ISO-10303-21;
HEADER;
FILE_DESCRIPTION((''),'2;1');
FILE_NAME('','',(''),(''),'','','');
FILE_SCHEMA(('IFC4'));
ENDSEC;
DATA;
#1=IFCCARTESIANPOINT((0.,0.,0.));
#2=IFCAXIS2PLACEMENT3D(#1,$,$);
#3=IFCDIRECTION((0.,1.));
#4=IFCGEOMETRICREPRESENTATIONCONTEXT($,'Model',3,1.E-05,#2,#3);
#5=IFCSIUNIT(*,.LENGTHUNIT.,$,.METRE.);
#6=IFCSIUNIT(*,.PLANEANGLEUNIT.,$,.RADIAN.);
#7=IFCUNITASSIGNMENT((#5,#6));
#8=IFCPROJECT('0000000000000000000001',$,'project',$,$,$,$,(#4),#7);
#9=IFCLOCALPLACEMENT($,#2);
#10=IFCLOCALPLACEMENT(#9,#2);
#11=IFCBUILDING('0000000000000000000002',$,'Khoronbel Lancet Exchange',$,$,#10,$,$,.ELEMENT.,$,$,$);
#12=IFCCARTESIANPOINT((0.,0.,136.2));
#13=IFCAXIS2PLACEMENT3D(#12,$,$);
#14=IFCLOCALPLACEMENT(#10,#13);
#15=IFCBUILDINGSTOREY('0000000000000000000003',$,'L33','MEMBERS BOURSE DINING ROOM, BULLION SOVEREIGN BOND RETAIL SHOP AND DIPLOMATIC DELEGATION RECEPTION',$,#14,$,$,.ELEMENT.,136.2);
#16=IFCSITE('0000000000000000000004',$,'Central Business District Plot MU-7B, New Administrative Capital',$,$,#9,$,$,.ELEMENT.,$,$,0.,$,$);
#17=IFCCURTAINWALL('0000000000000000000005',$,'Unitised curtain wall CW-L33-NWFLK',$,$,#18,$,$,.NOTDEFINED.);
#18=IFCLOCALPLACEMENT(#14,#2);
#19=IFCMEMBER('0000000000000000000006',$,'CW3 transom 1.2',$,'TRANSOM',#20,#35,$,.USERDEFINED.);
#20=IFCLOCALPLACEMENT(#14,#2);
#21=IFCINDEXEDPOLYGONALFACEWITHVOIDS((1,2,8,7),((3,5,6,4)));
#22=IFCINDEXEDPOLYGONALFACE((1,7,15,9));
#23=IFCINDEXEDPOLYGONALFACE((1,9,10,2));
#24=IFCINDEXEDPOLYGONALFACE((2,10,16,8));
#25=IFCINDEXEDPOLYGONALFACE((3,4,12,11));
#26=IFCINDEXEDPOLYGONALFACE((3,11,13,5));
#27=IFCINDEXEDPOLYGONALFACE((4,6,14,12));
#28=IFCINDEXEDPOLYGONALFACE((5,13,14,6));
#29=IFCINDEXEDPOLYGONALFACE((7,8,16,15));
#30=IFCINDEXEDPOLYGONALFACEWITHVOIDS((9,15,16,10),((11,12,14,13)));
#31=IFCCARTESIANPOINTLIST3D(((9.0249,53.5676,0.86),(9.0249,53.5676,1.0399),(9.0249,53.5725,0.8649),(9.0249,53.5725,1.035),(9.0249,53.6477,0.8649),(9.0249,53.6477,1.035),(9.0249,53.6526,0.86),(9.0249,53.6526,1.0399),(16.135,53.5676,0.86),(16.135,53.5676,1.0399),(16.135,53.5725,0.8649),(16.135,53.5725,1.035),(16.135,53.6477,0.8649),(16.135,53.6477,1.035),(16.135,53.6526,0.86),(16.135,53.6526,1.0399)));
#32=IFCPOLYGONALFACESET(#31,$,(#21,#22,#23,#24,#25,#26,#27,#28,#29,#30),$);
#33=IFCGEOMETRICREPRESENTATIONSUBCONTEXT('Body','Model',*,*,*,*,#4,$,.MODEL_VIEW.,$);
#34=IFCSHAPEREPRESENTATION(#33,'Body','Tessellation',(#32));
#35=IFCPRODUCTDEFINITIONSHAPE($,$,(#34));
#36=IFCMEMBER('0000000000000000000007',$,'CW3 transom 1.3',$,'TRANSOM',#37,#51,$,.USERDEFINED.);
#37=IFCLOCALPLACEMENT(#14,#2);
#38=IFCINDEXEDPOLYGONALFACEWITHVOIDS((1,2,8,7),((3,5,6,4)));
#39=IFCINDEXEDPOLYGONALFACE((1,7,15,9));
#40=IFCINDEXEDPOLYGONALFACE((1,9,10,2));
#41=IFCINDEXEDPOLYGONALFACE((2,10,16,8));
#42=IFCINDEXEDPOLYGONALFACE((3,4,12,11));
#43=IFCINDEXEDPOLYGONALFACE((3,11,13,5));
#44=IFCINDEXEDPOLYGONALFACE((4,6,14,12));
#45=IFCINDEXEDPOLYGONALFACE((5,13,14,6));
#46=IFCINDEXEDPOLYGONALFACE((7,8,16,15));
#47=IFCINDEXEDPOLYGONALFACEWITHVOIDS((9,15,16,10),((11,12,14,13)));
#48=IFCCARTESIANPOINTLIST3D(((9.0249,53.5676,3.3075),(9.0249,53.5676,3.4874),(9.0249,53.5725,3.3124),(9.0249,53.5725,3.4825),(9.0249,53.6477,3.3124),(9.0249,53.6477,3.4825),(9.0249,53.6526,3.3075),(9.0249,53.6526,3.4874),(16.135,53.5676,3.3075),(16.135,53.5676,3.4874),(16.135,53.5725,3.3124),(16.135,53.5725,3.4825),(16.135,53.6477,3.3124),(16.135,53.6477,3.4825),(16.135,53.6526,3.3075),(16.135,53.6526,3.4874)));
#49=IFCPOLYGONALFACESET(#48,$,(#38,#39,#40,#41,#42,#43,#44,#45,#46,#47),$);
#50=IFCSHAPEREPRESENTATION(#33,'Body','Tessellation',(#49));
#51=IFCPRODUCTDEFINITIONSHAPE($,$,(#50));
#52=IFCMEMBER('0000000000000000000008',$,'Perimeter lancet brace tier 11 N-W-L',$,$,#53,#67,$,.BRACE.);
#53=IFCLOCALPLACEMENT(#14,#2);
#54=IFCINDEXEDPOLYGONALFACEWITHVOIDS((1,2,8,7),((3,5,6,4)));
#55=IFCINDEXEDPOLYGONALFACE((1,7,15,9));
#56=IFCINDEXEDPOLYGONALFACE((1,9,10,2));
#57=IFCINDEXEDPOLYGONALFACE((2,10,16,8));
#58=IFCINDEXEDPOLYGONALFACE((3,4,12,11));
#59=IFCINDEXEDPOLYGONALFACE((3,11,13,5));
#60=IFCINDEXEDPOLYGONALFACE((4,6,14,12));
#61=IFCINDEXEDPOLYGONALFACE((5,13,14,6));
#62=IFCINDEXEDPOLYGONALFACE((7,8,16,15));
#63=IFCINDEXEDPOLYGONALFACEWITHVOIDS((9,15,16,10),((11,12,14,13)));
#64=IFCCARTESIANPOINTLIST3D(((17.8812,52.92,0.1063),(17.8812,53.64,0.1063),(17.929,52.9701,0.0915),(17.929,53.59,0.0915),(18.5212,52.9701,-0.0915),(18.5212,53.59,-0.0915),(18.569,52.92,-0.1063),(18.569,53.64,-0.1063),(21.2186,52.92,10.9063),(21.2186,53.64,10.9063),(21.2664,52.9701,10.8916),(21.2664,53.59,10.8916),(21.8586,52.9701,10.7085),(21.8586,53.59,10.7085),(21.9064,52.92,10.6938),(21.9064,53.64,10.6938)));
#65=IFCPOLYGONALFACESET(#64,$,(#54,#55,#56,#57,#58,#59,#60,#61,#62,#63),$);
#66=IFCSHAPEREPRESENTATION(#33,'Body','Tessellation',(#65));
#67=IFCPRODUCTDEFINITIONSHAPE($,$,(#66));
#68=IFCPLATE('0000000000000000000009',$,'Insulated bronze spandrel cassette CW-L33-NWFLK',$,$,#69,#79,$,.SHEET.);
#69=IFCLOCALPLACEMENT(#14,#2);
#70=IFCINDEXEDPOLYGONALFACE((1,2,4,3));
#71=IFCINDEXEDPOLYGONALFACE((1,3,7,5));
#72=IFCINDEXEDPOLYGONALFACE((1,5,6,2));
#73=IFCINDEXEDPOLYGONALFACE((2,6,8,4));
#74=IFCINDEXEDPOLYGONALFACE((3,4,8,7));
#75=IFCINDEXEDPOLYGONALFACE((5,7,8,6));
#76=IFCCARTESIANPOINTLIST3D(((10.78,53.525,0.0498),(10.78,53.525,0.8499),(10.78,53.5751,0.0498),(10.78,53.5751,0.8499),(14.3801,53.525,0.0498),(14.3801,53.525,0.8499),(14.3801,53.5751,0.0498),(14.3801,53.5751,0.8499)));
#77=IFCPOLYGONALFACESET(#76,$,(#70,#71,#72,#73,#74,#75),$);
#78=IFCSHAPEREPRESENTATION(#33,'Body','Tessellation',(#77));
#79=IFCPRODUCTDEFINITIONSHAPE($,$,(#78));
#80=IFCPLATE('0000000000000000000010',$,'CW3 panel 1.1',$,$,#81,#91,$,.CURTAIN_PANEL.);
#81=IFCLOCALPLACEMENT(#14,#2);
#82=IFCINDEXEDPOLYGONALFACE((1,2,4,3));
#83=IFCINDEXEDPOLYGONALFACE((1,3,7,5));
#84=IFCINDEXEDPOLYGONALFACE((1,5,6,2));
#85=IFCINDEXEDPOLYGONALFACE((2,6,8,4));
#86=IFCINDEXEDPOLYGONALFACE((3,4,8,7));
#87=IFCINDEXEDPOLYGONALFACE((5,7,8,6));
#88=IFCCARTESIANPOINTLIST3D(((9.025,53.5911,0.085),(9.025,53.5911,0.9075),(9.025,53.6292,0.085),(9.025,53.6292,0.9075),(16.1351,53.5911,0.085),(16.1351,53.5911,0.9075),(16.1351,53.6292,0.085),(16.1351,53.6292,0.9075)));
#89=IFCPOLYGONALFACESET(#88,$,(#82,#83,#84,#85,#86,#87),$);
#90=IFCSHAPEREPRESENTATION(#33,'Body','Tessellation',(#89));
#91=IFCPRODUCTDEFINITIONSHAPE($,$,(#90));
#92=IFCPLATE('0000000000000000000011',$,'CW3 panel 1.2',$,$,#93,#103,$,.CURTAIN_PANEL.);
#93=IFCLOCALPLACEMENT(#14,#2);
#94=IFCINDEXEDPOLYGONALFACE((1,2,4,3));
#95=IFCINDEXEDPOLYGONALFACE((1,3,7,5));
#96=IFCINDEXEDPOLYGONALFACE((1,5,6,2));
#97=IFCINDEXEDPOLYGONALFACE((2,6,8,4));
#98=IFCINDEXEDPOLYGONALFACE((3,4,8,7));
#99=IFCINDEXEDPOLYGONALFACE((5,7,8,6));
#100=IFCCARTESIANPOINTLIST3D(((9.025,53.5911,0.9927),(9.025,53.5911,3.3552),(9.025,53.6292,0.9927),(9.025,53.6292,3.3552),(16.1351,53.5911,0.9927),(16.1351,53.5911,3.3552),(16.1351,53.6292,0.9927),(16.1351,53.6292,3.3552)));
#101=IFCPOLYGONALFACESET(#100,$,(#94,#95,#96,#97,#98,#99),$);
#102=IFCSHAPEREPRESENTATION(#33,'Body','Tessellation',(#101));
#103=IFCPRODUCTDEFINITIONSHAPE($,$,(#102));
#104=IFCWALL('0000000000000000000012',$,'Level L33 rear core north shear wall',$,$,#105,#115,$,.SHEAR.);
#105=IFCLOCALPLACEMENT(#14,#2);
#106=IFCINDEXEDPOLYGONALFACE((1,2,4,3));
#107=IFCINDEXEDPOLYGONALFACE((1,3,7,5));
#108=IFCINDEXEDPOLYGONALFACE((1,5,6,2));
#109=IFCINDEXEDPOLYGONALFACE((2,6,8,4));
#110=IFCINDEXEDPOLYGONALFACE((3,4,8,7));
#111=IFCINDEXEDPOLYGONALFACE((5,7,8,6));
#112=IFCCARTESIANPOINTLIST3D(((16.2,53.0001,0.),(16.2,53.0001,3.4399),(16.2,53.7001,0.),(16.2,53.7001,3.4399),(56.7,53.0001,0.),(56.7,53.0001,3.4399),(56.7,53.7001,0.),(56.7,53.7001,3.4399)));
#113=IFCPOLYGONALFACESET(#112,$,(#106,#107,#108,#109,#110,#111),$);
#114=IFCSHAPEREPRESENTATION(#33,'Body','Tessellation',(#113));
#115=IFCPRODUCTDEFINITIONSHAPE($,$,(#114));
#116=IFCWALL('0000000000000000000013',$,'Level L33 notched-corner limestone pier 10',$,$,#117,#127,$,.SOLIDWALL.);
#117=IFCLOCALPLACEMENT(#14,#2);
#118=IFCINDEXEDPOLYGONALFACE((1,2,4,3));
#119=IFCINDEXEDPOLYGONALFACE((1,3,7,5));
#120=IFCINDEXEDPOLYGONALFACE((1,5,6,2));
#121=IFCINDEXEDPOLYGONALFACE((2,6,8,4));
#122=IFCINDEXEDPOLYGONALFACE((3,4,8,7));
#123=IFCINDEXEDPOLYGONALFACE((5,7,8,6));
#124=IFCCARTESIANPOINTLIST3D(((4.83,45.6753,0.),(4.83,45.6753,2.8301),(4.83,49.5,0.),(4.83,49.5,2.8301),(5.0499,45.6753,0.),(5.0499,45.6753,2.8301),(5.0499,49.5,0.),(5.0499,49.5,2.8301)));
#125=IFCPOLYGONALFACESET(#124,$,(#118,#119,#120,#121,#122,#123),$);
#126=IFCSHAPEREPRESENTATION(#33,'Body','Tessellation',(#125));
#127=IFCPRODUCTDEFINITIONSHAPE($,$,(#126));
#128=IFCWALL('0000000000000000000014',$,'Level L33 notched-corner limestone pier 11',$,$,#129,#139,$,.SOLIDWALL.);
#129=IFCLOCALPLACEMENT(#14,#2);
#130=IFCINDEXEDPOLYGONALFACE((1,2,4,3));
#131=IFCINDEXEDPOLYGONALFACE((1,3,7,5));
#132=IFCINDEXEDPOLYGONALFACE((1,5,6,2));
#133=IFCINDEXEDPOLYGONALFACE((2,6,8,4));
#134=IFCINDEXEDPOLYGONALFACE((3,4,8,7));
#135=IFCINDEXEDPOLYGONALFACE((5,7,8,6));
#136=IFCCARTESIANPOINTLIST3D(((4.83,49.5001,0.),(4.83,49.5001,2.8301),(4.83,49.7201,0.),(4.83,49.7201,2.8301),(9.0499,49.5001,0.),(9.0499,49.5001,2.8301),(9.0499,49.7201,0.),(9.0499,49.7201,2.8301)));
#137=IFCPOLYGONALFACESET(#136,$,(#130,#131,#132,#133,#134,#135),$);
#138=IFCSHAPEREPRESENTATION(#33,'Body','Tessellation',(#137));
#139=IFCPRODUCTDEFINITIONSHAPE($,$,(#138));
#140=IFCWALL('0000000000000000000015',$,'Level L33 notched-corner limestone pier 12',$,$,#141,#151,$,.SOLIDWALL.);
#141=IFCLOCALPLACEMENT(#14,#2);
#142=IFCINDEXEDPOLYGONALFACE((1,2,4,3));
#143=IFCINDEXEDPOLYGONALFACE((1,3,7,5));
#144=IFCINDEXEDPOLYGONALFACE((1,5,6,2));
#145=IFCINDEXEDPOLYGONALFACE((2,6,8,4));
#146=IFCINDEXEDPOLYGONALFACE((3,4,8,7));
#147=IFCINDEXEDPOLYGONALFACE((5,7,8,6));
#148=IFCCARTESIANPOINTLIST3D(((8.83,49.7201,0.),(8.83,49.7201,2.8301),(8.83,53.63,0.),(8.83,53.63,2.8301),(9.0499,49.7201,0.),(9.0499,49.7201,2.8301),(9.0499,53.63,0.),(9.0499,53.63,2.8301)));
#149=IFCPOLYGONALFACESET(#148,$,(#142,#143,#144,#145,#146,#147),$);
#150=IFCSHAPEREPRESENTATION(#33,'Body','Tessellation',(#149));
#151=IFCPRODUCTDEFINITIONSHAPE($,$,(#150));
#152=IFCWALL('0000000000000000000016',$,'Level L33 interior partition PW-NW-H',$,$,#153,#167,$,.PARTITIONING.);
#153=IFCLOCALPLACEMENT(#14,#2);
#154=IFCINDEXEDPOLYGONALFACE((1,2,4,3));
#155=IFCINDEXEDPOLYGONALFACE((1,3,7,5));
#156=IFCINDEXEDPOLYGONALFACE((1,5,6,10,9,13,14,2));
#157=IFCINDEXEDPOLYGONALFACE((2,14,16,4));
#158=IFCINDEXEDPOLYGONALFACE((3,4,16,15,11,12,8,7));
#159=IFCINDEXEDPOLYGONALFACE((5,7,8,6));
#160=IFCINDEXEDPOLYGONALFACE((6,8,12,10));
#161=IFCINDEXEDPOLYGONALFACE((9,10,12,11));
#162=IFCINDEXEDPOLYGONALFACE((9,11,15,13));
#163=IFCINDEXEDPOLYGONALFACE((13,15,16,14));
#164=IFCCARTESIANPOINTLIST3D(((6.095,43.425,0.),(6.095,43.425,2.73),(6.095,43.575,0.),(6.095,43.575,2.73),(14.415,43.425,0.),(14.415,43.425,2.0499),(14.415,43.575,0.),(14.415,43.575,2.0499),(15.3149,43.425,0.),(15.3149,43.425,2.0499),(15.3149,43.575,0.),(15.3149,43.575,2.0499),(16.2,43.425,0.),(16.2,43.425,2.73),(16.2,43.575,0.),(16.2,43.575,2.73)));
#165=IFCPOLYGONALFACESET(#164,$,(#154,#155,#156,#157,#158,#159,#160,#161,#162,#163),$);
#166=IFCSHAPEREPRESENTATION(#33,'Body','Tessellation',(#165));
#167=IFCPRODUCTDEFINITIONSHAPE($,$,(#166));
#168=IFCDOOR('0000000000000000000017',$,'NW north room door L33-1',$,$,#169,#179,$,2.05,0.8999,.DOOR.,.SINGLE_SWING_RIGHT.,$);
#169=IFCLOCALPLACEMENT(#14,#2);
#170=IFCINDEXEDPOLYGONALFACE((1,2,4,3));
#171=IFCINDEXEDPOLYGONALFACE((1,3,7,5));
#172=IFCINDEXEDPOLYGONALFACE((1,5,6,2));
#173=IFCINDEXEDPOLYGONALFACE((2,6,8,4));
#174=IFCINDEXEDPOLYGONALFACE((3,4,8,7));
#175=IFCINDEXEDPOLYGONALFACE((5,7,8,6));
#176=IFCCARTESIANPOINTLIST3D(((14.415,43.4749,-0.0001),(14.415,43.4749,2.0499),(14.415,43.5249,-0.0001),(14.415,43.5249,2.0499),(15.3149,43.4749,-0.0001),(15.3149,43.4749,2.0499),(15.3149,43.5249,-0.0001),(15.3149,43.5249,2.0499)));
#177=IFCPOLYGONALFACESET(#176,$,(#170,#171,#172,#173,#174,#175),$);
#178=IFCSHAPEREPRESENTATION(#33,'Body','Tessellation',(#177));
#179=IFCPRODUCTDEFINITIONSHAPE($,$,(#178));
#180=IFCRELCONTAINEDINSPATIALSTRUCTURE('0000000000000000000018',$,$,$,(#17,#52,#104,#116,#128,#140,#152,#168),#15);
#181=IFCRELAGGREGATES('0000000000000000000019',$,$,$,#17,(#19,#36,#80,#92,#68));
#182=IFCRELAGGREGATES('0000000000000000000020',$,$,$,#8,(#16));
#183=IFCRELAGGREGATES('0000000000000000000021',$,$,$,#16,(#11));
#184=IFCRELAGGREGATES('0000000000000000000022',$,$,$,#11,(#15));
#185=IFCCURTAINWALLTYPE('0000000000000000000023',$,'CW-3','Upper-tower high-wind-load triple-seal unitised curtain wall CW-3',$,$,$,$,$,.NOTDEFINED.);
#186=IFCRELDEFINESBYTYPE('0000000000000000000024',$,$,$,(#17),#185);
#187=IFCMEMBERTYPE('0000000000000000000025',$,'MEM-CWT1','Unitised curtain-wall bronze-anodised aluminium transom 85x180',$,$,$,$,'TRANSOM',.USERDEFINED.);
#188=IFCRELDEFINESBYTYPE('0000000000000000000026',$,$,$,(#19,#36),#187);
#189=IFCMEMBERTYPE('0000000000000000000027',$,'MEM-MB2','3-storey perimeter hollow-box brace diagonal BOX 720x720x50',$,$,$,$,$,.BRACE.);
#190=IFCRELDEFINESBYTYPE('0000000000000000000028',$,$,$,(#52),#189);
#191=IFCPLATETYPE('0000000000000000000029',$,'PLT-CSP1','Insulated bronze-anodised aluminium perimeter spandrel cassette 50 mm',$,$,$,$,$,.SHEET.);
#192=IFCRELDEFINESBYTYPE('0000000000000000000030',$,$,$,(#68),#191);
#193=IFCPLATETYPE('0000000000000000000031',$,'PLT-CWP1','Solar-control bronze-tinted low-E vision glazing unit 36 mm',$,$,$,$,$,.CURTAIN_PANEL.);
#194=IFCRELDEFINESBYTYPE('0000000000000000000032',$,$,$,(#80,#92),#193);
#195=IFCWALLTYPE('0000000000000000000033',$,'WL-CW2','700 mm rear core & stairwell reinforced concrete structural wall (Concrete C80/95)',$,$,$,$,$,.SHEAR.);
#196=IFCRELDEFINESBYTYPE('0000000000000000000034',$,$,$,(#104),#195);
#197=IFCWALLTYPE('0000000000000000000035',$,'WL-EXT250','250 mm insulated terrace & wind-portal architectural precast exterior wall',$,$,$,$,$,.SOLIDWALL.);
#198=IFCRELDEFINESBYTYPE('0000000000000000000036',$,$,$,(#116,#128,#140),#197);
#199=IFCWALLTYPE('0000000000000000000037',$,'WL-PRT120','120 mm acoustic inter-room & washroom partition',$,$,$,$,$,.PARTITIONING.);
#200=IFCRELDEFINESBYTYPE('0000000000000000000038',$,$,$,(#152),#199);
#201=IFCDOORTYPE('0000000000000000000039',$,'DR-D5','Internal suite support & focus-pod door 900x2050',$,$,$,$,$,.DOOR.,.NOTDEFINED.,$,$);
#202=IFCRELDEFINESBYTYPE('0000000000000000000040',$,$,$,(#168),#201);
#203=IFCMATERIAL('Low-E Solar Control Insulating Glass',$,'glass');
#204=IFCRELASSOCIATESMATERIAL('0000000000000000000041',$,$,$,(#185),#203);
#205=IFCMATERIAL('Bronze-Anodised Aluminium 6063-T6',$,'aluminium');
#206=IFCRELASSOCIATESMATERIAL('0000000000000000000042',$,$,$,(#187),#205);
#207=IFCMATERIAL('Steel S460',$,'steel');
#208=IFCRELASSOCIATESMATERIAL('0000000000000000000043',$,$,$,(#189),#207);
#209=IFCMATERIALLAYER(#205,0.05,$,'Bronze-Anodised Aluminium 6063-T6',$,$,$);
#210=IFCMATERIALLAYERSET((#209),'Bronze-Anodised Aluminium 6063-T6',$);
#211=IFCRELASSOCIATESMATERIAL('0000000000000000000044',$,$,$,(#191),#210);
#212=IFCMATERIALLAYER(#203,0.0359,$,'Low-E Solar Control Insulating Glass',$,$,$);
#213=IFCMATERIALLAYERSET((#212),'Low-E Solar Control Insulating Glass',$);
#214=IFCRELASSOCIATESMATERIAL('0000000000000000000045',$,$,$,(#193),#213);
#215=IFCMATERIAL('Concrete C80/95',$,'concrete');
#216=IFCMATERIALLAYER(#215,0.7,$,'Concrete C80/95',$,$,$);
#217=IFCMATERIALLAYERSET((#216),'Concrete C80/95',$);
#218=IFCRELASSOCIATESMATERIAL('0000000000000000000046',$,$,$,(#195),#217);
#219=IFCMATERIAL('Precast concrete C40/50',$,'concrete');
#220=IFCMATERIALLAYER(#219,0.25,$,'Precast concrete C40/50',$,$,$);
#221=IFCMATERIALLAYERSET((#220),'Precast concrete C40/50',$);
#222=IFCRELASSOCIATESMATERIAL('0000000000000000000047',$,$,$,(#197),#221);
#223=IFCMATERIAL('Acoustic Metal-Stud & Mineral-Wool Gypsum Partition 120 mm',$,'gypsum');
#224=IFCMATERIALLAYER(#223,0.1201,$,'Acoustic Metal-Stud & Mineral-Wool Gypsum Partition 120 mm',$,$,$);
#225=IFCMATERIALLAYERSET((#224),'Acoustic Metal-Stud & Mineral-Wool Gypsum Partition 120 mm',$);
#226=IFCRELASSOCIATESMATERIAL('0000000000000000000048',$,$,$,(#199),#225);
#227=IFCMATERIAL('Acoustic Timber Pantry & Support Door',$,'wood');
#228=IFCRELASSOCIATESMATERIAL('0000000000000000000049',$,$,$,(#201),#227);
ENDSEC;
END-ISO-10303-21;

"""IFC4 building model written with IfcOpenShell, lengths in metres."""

from ifc_helpers import new_model, si_unit, direction, frame, frame_2d, origin, origin_2d, place, context, subcontext, project, spatial, rectangle, hollow_rectangle, extrude, material, layer, layer_set, material_profile, profile_set, type_object, element, fill, aggregate, save


model = new_model("IFC4")

# Units and contexts
model_context = context("Model", 3, precision=1e-05, world=origin(), true_north=direction((0.0, 1.0)))
body_context = subcontext(model_context, "Body", "Model", "MODEL_VIEW")
ifc_project = project(units=[si_unit("LENGTHUNIT", "METRE"), si_unit("PLANEANGLEUNIT", "RADIAN")], contexts=[model_context])

# Site, building, storey
site_placement = place(None, origin())
site = spatial("IfcSite", under=ifc_project, at=site_placement, Name="Central Business District Plot MU-7B, New Administrative Capital", CompositionType="ELEMENT", RefElevation=0.0)
building_placement = place(site_placement, origin())
building = spatial("IfcBuilding", under=site, at=building_placement, Name="Khoronbel Lancet Exchange", CompositionType="ELEMENT")
storey_placement = place(building_placement, frame((0.0, 0.0, 136.2)))
storey = spatial("IfcBuildingStorey", under=building, at=storey_placement, Name="L33", Description="MEMBERS BOURSE DINING ROOM, BULLION SOVEREIGN BOND RETAIL SHOP AND DIPLOMATIC DELEGATION RECEPTION", CompositionType="ELEMENT", Elevation=136.2)

# Shared definitions
ifc_material_1 = material(Name="Steel S460", Category="steel")

# Curtain wall
ifc_material_2 = material(Name="Low-E Solar Control Insulating Glass", Category="glass")
curtain_wall_type_1 = type_object("IfcCurtainWallType", Name="CW-3", Description="Upper-tower high-wind-load triple-seal unitised curtain wall CW-3", PredefinedType="NOTDEFINED", material=ifc_material_2)
curtain_wall_1_placement = place(storey_placement, origin())
curtain_wall_1 = element("IfcCurtainWall", 1, at=curtain_wall_1_placement, inside=storey, type_object=curtain_wall_type_1, Name="Unitised curtain wall CW-L33-NWFLK", PredefinedType="NOTDEFINED")
ifc_material_3 = material(Name="Bronze-Anodised Aluminium 6063-T6", Category="aluminium")

# Members
ifc_material_profile_1 = material_profile(ifc_material_3, hollow_rectangle(XDim=0.085, YDim=0.1799, WallThickness=0.0049, at=origin_2d()), Name="ALU TRANSOM 85x180")
ifc_profile_set_1 = profile_set([ifc_material_profile_1], Name="Bronze-Anodised Aluminium 6063-T6")
member_type_1 = type_object("IfcMemberType", Name="MEM-CWT1", Description="Unitised curtain-wall bronze-anodised aluminium transom 85x180", ElementType="TRANSOM", PredefinedType="USERDEFINED", material=ifc_profile_set_1)
member_1_placement = place(storey_placement, frame((16.135, 53.6101, 0.95), z_axis=(-1.0, 0.0, 0.0), x_axis=(0.0, -1.0, 0.0)))
member_1 = element("IfcMember", 2, at=member_1_placement, type_object=member_type_1, Name="CW3 transom 1.2", ObjectType="TRANSOM", PredefinedType="USERDEFINED", context=body_context, shape_type="SweptSolid", body=[
    extrude(hollow_rectangle(XDim=0.085, YDim=0.1799, WallThickness=0.0049, at=origin_2d()), origin(), (0.0, 0.0, 1.0), 7.1101),
])
member_2_placement = place(storey_placement, frame((16.135, 53.6101, 3.3975), z_axis=(-1.0, 0.0, 0.0), x_axis=(0.0, -1.0, 0.0)))
member_2 = element("IfcMember", 3, at=member_2_placement, type_object=member_type_1, Name="CW3 transom 1.3", ObjectType="TRANSOM", PredefinedType="USERDEFINED", context=body_context, shape_type="SweptSolid", body=[
    extrude(hollow_rectangle(XDim=0.085, YDim=0.1799, WallThickness=0.0049, at=origin_2d()), origin(), (0.0, 0.0, 1.0), 7.1101),
])
ifc_material_profile_2 = material_profile(ifc_material_1, hollow_rectangle(XDim=0.72, YDim=0.72, WallThickness=0.05, at=origin_2d()), Name="BOX 720x720x50")
ifc_profile_set_2 = profile_set([ifc_material_profile_2], Name="Steel S460")
member_type_2 = type_object("IfcMemberType", Name="MEM-MB2", Description="3-storey perimeter hollow-box brace diagonal BOX 720x720x50", PredefinedType="BRACE", material=ifc_profile_set_2)
member_3_placement = place(storey_placement, frame((18.2251, 53.28, 0.0), z_axis=(0.295242, 0.0, 0.955422), x_axis=(0.0, 1.0, 0.0)))
element("IfcMember", 4, at=member_3_placement, inside=storey, type_object=member_type_2, Name="Perimeter lancet brace tier 11 N-W-L", PredefinedType="BRACE", context=body_context, shape_type="SweptSolid", body=[
    extrude(hollow_rectangle(XDim=0.72, YDim=0.72, WallThickness=0.05, at=origin_2d()), origin(), (0.0, 0.0, 1.0), 11.304),
])

# Plates
ifc_layer_1 = layer(ifc_material_3, 0.05, Name="Bronze-Anodised Aluminium 6063-T6")
ifc_layer_set_1 = layer_set([ifc_layer_1], Name="Bronze-Anodised Aluminium 6063-T6")
plate_type_1 = type_object("IfcPlateType", Name="PLT-CSP1", Description="Insulated bronze-anodised aluminium perimeter spandrel cassette 50 mm", PredefinedType="SHEET", material=ifc_layer_set_1)
plate_1_placement = place(storey_placement, frame((12.5801, 53.55, 0.0498), z_axis=(0.0, 0.0, 1.0), x_axis=(-1.0, 0.0, 0.0)))
plate_1 = element("IfcPlate", 5, at=plate_1_placement, type_object=plate_type_1, Name="Insulated bronze spandrel cassette CW-L33-NWFLK", PredefinedType="SHEET", context=body_context, shape_type="SweptSolid", body=[
    extrude(rectangle(XDim=3.6001, YDim=0.05, at=origin_2d()), origin(), (0.0, 0.0, 1.0), 0.8),
])
ifc_layer_2 = layer(ifc_material_2, 0.0359, Name="Low-E Solar Control Insulating Glass")
ifc_layer_set_2 = layer_set([ifc_layer_2], Name="Low-E Solar Control Insulating Glass")
plate_type_2 = type_object("IfcPlateType", Name="PLT-CWP1", Description="Solar-control bronze-tinted low-E vision glazing unit 36 mm", PredefinedType="CURTAIN_PANEL", material=ifc_layer_set_2)
plate_2_placement = place(storey_placement, frame((12.5801, 53.6101, 0.085), z_axis=(0.0, 0.0, 1.0), x_axis=(-1.0, 0.0, 0.0)))
plate_2 = element("IfcPlate", 6, at=plate_2_placement, type_object=plate_type_2, Name="CW3 panel 1.1", PredefinedType="CURTAIN_PANEL", context=body_context, shape_type="SweptSolid", body=[
    extrude(rectangle(XDim=7.1101, YDim=0.0381, at=origin_2d()), origin(), (0.0, 0.0, 1.0), 0.8225),
])
plate_3_placement = place(storey_placement, frame((12.5801, 53.6101, 0.9927), z_axis=(0.0, 0.0, 1.0), x_axis=(-1.0, 0.0, 0.0)))
plate_3 = element("IfcPlate", 7, at=plate_3_placement, type_object=plate_type_2, Name="CW3 panel 1.2", PredefinedType="CURTAIN_PANEL", context=body_context, shape_type="SweptSolid", body=[
    extrude(rectangle(XDim=7.1101, YDim=0.0381, at=origin_2d()), origin(), (0.0, 0.0, 1.0), 2.3625),
])
aggregate(curtain_wall_1, [member_1, member_2, plate_2, plate_3, plate_1])

# Walls
ifc_material_4 = material(Name="Concrete C80/95", Category="concrete")
ifc_layer_3 = layer(ifc_material_4, 0.7, Name="Concrete C80/95")
ifc_layer_set_3 = layer_set([ifc_layer_3], Name="Concrete C80/95")
wall_type_1 = type_object("IfcWallType", Name="WL-CW2", Description="700 mm rear core & stairwell reinforced concrete structural wall (Concrete C80/95)", PredefinedType="SHEAR", material=ifc_layer_set_3)
wall_1_placement = place(storey_placement, frame((16.2, 53.3501, 0.0), z_axis=(0.0, 0.0, 1.0), x_axis=(1.0, 0.0, 0.0)))
element("IfcWall", 8, at=wall_1_placement, inside=storey, type_object=wall_type_1, Name="Level L33 rear core north shear wall", PredefinedType="SHEAR", context=body_context, shape_type="SweptSolid", body=[
    extrude(rectangle(XDim=40.5, YDim=0.7, at=frame_2d((20.25, 0.0))), origin(), (0.0, 0.0, 1.0), 3.4399),
])
ifc_material_5 = material(Name="Precast concrete C40/50", Category="concrete")
ifc_layer_4 = layer(ifc_material_5, 0.25, Name="Precast concrete C40/50")
ifc_layer_set_4 = layer_set([ifc_layer_4], Name="Precast concrete C40/50")
wall_type_2 = type_object("IfcWallType", Name="WL-EXT250", Description="250 mm insulated terrace & wind-portal architectural precast exterior wall", PredefinedType="SOLIDWALL", material=ifc_layer_set_4)
wall_2_placement = place(storey_placement, frame((4.9399, 45.6753, 0.0), z_axis=(0.0, 0.0, 1.0), x_axis=(0.0, 1.0, 0.0)))
element("IfcWall", 9, at=wall_2_placement, inside=storey, type_object=wall_type_2, Name="Level L33 notched-corner limestone pier 10", PredefinedType="SOLIDWALL", context=body_context, shape_type="SweptSolid", body=[
    extrude(rectangle(XDim=3.8247, YDim=0.22, at=frame_2d((1.9124, 0.0))), origin(), (0.0, 0.0, 1.0), 2.8301),
])
wall_3_placement = place(storey_placement, frame((4.8301, 49.6101, 0.0), z_axis=(0.0, 0.0, 1.0), x_axis=(1.0, 0.0, 0.0)))
element("IfcWall", 10, at=wall_3_placement, inside=storey, type_object=wall_type_2, Name="Level L33 notched-corner limestone pier 11", PredefinedType="SOLIDWALL", context=body_context, shape_type="SweptSolid", body=[
    extrude(rectangle(XDim=4.22, YDim=0.22, at=frame_2d((2.1099, 0.0))), origin(), (0.0, 0.0, 1.0), 2.8301),
])
wall_4_placement = place(storey_placement, frame((8.9399, 49.72, 0.0), z_axis=(0.0, 0.0, 1.0), x_axis=(0.0, 1.0, 0.0)))
element("IfcWall", 11, at=wall_4_placement, inside=storey, type_object=wall_type_2, Name="Level L33 notched-corner limestone pier 12", PredefinedType="SOLIDWALL", context=body_context, shape_type="SweptSolid", body=[
    extrude(rectangle(XDim=3.9099, YDim=0.22, at=frame_2d((1.9551, 0.0))), origin(), (0.0, 0.0, 1.0), 2.8301),
])

# Wall, opening, door
ifc_material_6 = material(Name="Acoustic Metal-Stud & Mineral-Wool Gypsum Partition 120 mm", Category="gypsum")
ifc_layer_5 = layer(ifc_material_6, 0.1201, Name="Acoustic Metal-Stud & Mineral-Wool Gypsum Partition 120 mm")
ifc_layer_set_5 = layer_set([ifc_layer_5], Name="Acoustic Metal-Stud & Mineral-Wool Gypsum Partition 120 mm")
wall_type_3 = type_object("IfcWallType", Name="WL-PRT120", Description="120 mm acoustic inter-room & washroom partition", PredefinedType="PARTITIONING", material=ifc_layer_set_5)
wall_5_placement = place(storey_placement, frame((6.095, 43.5, 0.0), z_axis=(0.0, 0.0, 1.0), x_axis=(1.0, 0.0, 0.0)))
wall_5 = element("IfcWall", 12, at=wall_5_placement, inside=storey, type_object=wall_type_3, Name="Level L33 interior partition PW-NW-H", PredefinedType="PARTITIONING", context=body_context, shape_type="SweptSolid", body=[
    extrude(rectangle(XDim=10.105, YDim=0.1499, at=frame_2d((5.0525, 0.0))), origin(), (0.0, 0.0, 1.0), 2.73),
])
opening_1_placement = place(wall_5_placement, frame((8.3201, 0.0, 0.0)))
opening_1 = element("IfcOpeningElement", 13, at=opening_1_placement, cuts=wall_5, PredefinedType="OPENING", context=body_context, shape_type="SweptSolid", body=[
    extrude(rectangle(XDim=0.8999, YDim=2.05, at=frame_2d((0.45, 1.0249))), frame((0.0, 0.085, 0.0), z_axis=(0.0, -1.0, 0.0), x_axis=(1.0, 0.0, 0.0)), (0.0, 0.0, 1.0), 0.1699),
])
ifc_material_7 = material(Name="Acoustic Timber Pantry & Support Door", Category="wood")
door_type_1 = type_object("IfcDoorType", Name="DR-D5", Description="Internal suite support & focus-pod door 900x2050", OperationType="NOTDEFINED", PredefinedType="DOOR", material=ifc_material_7)
door_1_placement = place(opening_1_placement, origin())
door_1 = element("IfcDoor", 14, at=door_1_placement, inside=storey, type_object=door_type_1, Name="NW north room door L33-1", OperationType="SINGLE_SWING_RIGHT", OverallHeight=2.05, OverallWidth=0.8999, PredefinedType="DOOR", context=body_context, shape_type="SweptSolid", body=[
    extrude(rectangle(XDim=0.8999, YDim=2.05, at=frame_2d((0.45, 1.0249))), frame((0.0, 0.0249, 0.0), z_axis=(0.0, -1.0, 0.0), x_axis=(1.0, 0.0, 0.0)), (0.0, 0.0, 1.0), 0.05),
])
fill(opening_1, door_1)

save(model, "model.ifc")
